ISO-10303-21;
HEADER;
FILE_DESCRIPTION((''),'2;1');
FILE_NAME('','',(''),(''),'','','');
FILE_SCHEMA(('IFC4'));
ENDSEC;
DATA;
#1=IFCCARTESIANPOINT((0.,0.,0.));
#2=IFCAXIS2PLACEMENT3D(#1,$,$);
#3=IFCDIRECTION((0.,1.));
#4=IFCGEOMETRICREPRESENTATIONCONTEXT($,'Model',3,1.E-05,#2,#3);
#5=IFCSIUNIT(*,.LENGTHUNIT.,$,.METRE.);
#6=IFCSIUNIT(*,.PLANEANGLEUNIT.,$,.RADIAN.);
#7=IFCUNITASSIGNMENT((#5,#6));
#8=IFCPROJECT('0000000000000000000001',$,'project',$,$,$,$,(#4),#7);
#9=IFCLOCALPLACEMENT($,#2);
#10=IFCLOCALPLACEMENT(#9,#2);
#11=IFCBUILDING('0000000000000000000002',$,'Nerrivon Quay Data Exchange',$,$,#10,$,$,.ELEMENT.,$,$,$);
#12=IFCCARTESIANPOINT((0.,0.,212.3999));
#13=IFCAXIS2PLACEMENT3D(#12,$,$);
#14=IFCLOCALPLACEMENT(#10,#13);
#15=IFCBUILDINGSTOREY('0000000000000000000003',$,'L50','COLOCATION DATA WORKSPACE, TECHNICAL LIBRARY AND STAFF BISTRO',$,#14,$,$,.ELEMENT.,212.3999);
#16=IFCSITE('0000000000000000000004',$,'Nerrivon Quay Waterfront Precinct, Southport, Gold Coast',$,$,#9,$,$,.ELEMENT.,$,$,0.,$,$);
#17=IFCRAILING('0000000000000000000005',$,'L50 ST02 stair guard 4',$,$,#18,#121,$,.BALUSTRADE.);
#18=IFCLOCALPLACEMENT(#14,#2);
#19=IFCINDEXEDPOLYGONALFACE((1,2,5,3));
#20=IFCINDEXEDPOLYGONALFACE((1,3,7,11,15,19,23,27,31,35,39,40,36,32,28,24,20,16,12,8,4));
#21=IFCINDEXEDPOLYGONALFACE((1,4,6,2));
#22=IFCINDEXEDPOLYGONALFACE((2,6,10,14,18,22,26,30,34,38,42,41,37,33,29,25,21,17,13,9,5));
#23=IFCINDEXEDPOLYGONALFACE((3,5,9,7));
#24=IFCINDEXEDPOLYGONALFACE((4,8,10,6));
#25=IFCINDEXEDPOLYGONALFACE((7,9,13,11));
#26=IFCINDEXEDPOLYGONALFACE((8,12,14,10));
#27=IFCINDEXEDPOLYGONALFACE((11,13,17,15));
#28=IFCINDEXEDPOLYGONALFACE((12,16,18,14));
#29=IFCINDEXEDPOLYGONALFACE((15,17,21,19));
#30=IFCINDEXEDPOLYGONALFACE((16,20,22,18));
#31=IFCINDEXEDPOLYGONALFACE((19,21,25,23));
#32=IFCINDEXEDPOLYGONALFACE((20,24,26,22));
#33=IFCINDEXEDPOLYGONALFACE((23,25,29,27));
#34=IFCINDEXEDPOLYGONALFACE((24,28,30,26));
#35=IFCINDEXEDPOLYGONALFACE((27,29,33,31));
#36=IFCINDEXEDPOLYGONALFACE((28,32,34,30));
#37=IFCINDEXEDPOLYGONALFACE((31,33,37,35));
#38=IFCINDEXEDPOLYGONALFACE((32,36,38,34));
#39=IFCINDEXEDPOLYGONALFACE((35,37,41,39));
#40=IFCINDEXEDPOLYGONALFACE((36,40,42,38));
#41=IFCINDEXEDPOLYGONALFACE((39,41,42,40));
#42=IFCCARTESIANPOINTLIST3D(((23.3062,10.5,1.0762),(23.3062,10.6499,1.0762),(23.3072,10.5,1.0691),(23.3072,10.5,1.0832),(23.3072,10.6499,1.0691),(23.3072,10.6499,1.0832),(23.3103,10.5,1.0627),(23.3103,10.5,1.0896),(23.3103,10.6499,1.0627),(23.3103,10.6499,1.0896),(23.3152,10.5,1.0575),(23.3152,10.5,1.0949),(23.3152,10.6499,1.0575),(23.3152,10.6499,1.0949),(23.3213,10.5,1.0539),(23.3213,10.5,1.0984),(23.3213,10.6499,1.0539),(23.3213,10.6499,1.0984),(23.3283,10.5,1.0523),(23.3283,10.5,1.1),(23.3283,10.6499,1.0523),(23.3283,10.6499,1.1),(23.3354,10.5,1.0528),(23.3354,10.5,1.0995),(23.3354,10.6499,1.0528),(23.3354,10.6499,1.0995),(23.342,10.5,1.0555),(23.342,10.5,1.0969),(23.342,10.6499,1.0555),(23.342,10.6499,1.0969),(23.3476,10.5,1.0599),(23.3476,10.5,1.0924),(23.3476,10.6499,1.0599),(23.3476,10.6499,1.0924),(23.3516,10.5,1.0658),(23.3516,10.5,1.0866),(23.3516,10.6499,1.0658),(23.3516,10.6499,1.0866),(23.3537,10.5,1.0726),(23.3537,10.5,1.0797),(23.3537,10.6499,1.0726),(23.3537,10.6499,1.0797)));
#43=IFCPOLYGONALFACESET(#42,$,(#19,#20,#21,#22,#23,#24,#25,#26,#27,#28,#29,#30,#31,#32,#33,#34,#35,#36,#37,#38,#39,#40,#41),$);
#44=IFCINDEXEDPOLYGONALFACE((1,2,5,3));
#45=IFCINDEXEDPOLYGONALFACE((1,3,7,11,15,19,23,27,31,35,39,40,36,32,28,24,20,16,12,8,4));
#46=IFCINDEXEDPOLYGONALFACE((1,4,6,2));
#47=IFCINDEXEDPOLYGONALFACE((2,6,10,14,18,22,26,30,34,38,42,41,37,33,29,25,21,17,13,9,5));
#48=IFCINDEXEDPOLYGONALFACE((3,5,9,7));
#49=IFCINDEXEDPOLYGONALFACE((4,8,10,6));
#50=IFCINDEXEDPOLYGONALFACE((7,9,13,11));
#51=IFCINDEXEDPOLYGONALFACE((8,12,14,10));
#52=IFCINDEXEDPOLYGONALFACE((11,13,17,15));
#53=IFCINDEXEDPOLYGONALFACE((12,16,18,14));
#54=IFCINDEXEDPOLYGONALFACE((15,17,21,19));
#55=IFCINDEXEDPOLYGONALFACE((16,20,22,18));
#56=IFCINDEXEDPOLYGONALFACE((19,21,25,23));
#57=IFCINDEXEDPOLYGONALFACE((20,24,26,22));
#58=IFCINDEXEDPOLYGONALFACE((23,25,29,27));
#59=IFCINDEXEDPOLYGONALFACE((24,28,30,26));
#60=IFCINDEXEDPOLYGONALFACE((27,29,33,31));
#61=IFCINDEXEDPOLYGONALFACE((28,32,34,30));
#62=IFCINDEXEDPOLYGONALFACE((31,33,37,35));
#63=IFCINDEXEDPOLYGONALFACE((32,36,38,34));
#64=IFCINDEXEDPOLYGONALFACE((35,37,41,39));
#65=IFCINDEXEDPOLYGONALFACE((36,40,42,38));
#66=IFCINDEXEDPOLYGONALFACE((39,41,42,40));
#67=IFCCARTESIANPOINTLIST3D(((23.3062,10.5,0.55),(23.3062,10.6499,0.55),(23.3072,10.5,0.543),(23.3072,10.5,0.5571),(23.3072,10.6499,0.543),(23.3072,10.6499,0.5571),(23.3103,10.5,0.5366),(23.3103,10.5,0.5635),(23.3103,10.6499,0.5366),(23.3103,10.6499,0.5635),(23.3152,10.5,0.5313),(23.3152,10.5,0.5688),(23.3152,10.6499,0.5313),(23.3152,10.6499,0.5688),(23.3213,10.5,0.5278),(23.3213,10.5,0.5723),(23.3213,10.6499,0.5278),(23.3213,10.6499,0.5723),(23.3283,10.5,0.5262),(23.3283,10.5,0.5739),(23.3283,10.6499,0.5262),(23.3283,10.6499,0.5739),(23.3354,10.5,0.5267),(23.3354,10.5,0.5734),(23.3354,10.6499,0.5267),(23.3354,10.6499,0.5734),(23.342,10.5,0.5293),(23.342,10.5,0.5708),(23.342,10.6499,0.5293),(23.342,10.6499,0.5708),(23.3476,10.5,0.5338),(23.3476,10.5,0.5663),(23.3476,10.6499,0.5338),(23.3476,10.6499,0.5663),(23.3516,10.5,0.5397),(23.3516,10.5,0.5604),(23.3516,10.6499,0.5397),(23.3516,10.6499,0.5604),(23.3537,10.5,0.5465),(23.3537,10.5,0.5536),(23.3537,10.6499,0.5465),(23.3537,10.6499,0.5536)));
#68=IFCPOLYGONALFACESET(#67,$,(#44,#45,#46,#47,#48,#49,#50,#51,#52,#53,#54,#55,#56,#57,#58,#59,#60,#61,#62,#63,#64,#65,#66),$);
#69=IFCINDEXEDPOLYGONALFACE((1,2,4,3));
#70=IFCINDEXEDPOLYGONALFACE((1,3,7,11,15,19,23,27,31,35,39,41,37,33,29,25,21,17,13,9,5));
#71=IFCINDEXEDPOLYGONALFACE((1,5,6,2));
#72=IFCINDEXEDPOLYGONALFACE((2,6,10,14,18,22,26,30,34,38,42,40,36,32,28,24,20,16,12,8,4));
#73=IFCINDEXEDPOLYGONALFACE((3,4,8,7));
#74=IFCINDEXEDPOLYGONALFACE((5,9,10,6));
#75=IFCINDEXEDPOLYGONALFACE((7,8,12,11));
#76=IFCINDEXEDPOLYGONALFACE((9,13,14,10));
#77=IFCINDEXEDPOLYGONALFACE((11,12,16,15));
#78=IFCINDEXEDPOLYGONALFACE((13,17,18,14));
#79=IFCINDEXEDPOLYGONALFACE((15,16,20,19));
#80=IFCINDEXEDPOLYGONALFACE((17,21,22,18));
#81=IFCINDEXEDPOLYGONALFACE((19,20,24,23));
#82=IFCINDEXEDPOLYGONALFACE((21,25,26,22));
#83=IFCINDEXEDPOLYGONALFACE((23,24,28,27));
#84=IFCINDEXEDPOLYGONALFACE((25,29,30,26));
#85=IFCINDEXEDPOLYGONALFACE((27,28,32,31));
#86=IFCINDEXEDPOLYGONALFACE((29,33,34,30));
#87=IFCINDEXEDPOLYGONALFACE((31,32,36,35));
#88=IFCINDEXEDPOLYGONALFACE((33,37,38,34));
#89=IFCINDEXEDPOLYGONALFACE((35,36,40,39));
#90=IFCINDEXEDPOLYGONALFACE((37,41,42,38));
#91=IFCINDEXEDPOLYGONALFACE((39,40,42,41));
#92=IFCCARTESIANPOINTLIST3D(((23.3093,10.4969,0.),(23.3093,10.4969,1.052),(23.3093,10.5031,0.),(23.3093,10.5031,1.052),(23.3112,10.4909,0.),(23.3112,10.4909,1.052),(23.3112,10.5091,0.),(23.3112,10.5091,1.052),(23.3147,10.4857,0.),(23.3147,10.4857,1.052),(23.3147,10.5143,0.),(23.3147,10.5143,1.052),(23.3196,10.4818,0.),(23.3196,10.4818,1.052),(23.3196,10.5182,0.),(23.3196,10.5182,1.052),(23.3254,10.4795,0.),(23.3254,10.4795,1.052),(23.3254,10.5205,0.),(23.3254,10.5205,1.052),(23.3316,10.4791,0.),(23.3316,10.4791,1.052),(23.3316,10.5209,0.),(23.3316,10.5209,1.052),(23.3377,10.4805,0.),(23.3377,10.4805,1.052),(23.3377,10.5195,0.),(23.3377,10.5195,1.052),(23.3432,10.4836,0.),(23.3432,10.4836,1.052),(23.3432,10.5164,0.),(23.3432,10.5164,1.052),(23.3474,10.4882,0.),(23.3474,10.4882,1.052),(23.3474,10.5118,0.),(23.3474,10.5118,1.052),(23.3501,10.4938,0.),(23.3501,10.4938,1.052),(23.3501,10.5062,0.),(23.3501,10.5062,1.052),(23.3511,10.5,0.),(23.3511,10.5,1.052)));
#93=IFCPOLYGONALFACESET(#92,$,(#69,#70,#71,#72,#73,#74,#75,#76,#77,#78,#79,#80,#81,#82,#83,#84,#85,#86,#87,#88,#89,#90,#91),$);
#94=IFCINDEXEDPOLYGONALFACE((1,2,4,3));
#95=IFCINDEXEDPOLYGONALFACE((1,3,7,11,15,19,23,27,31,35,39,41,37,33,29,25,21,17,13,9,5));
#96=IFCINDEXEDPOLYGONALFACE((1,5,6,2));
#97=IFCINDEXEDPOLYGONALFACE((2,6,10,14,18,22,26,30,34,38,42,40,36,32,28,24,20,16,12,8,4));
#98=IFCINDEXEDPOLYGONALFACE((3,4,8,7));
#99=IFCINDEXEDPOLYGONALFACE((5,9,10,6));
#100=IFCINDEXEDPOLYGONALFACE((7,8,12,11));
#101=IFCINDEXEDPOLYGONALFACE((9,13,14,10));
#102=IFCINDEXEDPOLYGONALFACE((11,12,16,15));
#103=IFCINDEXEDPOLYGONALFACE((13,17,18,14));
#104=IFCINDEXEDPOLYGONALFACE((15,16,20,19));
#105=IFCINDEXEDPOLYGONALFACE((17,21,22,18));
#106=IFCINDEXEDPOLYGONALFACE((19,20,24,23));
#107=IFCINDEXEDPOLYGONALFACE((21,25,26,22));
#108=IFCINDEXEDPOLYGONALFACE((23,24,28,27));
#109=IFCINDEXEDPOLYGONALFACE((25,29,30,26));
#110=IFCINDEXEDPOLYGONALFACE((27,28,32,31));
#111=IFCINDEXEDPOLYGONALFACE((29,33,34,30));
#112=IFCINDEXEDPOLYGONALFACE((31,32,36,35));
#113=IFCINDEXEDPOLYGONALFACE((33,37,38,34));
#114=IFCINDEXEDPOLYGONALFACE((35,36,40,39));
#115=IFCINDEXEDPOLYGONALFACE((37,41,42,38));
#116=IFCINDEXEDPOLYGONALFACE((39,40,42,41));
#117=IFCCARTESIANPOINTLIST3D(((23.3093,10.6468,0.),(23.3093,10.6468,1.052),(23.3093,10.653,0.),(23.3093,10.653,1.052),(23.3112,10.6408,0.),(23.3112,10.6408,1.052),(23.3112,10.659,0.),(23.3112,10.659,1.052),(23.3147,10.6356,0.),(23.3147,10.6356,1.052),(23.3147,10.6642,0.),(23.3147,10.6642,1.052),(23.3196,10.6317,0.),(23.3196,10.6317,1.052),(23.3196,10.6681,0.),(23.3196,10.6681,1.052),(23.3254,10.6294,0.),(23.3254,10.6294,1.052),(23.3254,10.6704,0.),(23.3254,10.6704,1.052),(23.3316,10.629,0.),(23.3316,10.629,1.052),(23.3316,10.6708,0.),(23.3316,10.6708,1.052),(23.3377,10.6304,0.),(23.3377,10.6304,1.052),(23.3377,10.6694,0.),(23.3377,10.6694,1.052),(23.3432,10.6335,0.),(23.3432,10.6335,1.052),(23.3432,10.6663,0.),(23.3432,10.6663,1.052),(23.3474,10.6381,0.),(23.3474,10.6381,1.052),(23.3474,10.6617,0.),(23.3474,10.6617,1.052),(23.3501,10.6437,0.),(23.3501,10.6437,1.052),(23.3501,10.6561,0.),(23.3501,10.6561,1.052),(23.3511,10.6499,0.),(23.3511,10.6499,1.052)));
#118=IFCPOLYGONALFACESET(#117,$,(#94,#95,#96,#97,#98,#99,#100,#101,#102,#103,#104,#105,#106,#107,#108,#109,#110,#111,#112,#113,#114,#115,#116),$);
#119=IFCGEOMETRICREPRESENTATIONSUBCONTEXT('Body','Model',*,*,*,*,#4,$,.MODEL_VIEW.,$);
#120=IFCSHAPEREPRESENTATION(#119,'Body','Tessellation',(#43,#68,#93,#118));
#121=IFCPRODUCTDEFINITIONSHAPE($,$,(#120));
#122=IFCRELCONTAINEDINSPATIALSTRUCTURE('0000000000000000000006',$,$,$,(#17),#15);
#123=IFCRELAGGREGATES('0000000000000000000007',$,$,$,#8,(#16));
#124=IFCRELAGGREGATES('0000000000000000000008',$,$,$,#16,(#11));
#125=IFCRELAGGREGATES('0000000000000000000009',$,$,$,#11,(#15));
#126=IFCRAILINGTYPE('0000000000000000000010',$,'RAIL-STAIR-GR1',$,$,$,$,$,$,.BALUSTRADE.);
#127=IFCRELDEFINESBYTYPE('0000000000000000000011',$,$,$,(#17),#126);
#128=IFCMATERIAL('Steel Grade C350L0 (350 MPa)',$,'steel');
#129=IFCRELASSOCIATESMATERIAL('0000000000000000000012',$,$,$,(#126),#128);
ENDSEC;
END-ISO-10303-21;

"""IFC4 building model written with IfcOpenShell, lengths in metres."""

from ifc_helpers import new_model, si_unit, direction, frame, origin, origin_2d, place, context, subcontext, project, spatial, circle, extrude, material, type_object, element, save


model = new_model("IFC4")

# Units and contexts
model_context = context("Model", 3, precision=1e-05, world=origin(), true_north=direction((0.0, 1.0)))
body_context = subcontext(model_context, "Body", "Model", "MODEL_VIEW")
ifc_project = project(units=[si_unit("LENGTHUNIT", "METRE"), si_unit("PLANEANGLEUNIT", "RADIAN")], contexts=[model_context])

# Site, building, storey
site_placement = place(None, origin())
site = spatial("IfcSite", under=ifc_project, at=site_placement, Name="Nerrivon Quay Waterfront Precinct, Southport, Gold Coast", CompositionType="ELEMENT", RefElevation=0.0)
building_placement = place(site_placement, origin())
building = spatial("IfcBuilding", under=site, at=building_placement, Name="Nerrivon Quay Data Exchange", CompositionType="ELEMENT")
storey_placement = place(building_placement, frame((0.0, 0.0, 212.3999)))
storey = spatial("IfcBuildingStorey", under=building, at=storey_placement, Name="L50", Description="COLOCATION DATA WORKSPACE, TECHNICAL LIBRARY AND STAFF BISTRO", CompositionType="ELEMENT", Elevation=212.3999)

# Railing
ifc_material_1 = material(Name="Steel Grade C350L0 (350 MPa)", Category="steel")
railing_type_1 = type_object("IfcRailingType", Name="RAIL-STAIR-GR1", PredefinedType="BALUSTRADE", material=ifc_material_1)
railing_1_placement = place(storey_placement, frame((23.3301, 10.5, 0.0)))
element("IfcRailing", 1, at=railing_1_placement, inside=storey, type_object=railing_type_1, Name="L50 ST02 stair guard 4", PredefinedType="BALUSTRADE", context=body_context, shape_type="SweptSolid", body=[
    extrude(circle(Radius=0.0239, at=origin_2d()), frame((0.0, 0.0, 1.0762), z_axis=(0.0, 1.0, 0.0), x_axis=(-1.0, 0.0, 0.0)), (0.0, 0.0, 1.0), 0.1499),
    extrude(circle(Radius=0.0239, at=origin_2d()), frame((0.0, 0.0, 0.55), z_axis=(0.0, 1.0, 0.0), x_axis=(-1.0, 0.0, 0.0)), (0.0, 0.0, 1.0), 0.1499),
    extrude(circle(Radius=0.021, at=origin_2d()), origin(), (0.0, 0.0, 1.0), 1.052),
    extrude(circle(Radius=0.021, at=origin_2d()), frame((0.0, 0.1499, 0.0)), (0.0, 0.0, 1.0), 1.052),
])

save(model, "model.ifc")
